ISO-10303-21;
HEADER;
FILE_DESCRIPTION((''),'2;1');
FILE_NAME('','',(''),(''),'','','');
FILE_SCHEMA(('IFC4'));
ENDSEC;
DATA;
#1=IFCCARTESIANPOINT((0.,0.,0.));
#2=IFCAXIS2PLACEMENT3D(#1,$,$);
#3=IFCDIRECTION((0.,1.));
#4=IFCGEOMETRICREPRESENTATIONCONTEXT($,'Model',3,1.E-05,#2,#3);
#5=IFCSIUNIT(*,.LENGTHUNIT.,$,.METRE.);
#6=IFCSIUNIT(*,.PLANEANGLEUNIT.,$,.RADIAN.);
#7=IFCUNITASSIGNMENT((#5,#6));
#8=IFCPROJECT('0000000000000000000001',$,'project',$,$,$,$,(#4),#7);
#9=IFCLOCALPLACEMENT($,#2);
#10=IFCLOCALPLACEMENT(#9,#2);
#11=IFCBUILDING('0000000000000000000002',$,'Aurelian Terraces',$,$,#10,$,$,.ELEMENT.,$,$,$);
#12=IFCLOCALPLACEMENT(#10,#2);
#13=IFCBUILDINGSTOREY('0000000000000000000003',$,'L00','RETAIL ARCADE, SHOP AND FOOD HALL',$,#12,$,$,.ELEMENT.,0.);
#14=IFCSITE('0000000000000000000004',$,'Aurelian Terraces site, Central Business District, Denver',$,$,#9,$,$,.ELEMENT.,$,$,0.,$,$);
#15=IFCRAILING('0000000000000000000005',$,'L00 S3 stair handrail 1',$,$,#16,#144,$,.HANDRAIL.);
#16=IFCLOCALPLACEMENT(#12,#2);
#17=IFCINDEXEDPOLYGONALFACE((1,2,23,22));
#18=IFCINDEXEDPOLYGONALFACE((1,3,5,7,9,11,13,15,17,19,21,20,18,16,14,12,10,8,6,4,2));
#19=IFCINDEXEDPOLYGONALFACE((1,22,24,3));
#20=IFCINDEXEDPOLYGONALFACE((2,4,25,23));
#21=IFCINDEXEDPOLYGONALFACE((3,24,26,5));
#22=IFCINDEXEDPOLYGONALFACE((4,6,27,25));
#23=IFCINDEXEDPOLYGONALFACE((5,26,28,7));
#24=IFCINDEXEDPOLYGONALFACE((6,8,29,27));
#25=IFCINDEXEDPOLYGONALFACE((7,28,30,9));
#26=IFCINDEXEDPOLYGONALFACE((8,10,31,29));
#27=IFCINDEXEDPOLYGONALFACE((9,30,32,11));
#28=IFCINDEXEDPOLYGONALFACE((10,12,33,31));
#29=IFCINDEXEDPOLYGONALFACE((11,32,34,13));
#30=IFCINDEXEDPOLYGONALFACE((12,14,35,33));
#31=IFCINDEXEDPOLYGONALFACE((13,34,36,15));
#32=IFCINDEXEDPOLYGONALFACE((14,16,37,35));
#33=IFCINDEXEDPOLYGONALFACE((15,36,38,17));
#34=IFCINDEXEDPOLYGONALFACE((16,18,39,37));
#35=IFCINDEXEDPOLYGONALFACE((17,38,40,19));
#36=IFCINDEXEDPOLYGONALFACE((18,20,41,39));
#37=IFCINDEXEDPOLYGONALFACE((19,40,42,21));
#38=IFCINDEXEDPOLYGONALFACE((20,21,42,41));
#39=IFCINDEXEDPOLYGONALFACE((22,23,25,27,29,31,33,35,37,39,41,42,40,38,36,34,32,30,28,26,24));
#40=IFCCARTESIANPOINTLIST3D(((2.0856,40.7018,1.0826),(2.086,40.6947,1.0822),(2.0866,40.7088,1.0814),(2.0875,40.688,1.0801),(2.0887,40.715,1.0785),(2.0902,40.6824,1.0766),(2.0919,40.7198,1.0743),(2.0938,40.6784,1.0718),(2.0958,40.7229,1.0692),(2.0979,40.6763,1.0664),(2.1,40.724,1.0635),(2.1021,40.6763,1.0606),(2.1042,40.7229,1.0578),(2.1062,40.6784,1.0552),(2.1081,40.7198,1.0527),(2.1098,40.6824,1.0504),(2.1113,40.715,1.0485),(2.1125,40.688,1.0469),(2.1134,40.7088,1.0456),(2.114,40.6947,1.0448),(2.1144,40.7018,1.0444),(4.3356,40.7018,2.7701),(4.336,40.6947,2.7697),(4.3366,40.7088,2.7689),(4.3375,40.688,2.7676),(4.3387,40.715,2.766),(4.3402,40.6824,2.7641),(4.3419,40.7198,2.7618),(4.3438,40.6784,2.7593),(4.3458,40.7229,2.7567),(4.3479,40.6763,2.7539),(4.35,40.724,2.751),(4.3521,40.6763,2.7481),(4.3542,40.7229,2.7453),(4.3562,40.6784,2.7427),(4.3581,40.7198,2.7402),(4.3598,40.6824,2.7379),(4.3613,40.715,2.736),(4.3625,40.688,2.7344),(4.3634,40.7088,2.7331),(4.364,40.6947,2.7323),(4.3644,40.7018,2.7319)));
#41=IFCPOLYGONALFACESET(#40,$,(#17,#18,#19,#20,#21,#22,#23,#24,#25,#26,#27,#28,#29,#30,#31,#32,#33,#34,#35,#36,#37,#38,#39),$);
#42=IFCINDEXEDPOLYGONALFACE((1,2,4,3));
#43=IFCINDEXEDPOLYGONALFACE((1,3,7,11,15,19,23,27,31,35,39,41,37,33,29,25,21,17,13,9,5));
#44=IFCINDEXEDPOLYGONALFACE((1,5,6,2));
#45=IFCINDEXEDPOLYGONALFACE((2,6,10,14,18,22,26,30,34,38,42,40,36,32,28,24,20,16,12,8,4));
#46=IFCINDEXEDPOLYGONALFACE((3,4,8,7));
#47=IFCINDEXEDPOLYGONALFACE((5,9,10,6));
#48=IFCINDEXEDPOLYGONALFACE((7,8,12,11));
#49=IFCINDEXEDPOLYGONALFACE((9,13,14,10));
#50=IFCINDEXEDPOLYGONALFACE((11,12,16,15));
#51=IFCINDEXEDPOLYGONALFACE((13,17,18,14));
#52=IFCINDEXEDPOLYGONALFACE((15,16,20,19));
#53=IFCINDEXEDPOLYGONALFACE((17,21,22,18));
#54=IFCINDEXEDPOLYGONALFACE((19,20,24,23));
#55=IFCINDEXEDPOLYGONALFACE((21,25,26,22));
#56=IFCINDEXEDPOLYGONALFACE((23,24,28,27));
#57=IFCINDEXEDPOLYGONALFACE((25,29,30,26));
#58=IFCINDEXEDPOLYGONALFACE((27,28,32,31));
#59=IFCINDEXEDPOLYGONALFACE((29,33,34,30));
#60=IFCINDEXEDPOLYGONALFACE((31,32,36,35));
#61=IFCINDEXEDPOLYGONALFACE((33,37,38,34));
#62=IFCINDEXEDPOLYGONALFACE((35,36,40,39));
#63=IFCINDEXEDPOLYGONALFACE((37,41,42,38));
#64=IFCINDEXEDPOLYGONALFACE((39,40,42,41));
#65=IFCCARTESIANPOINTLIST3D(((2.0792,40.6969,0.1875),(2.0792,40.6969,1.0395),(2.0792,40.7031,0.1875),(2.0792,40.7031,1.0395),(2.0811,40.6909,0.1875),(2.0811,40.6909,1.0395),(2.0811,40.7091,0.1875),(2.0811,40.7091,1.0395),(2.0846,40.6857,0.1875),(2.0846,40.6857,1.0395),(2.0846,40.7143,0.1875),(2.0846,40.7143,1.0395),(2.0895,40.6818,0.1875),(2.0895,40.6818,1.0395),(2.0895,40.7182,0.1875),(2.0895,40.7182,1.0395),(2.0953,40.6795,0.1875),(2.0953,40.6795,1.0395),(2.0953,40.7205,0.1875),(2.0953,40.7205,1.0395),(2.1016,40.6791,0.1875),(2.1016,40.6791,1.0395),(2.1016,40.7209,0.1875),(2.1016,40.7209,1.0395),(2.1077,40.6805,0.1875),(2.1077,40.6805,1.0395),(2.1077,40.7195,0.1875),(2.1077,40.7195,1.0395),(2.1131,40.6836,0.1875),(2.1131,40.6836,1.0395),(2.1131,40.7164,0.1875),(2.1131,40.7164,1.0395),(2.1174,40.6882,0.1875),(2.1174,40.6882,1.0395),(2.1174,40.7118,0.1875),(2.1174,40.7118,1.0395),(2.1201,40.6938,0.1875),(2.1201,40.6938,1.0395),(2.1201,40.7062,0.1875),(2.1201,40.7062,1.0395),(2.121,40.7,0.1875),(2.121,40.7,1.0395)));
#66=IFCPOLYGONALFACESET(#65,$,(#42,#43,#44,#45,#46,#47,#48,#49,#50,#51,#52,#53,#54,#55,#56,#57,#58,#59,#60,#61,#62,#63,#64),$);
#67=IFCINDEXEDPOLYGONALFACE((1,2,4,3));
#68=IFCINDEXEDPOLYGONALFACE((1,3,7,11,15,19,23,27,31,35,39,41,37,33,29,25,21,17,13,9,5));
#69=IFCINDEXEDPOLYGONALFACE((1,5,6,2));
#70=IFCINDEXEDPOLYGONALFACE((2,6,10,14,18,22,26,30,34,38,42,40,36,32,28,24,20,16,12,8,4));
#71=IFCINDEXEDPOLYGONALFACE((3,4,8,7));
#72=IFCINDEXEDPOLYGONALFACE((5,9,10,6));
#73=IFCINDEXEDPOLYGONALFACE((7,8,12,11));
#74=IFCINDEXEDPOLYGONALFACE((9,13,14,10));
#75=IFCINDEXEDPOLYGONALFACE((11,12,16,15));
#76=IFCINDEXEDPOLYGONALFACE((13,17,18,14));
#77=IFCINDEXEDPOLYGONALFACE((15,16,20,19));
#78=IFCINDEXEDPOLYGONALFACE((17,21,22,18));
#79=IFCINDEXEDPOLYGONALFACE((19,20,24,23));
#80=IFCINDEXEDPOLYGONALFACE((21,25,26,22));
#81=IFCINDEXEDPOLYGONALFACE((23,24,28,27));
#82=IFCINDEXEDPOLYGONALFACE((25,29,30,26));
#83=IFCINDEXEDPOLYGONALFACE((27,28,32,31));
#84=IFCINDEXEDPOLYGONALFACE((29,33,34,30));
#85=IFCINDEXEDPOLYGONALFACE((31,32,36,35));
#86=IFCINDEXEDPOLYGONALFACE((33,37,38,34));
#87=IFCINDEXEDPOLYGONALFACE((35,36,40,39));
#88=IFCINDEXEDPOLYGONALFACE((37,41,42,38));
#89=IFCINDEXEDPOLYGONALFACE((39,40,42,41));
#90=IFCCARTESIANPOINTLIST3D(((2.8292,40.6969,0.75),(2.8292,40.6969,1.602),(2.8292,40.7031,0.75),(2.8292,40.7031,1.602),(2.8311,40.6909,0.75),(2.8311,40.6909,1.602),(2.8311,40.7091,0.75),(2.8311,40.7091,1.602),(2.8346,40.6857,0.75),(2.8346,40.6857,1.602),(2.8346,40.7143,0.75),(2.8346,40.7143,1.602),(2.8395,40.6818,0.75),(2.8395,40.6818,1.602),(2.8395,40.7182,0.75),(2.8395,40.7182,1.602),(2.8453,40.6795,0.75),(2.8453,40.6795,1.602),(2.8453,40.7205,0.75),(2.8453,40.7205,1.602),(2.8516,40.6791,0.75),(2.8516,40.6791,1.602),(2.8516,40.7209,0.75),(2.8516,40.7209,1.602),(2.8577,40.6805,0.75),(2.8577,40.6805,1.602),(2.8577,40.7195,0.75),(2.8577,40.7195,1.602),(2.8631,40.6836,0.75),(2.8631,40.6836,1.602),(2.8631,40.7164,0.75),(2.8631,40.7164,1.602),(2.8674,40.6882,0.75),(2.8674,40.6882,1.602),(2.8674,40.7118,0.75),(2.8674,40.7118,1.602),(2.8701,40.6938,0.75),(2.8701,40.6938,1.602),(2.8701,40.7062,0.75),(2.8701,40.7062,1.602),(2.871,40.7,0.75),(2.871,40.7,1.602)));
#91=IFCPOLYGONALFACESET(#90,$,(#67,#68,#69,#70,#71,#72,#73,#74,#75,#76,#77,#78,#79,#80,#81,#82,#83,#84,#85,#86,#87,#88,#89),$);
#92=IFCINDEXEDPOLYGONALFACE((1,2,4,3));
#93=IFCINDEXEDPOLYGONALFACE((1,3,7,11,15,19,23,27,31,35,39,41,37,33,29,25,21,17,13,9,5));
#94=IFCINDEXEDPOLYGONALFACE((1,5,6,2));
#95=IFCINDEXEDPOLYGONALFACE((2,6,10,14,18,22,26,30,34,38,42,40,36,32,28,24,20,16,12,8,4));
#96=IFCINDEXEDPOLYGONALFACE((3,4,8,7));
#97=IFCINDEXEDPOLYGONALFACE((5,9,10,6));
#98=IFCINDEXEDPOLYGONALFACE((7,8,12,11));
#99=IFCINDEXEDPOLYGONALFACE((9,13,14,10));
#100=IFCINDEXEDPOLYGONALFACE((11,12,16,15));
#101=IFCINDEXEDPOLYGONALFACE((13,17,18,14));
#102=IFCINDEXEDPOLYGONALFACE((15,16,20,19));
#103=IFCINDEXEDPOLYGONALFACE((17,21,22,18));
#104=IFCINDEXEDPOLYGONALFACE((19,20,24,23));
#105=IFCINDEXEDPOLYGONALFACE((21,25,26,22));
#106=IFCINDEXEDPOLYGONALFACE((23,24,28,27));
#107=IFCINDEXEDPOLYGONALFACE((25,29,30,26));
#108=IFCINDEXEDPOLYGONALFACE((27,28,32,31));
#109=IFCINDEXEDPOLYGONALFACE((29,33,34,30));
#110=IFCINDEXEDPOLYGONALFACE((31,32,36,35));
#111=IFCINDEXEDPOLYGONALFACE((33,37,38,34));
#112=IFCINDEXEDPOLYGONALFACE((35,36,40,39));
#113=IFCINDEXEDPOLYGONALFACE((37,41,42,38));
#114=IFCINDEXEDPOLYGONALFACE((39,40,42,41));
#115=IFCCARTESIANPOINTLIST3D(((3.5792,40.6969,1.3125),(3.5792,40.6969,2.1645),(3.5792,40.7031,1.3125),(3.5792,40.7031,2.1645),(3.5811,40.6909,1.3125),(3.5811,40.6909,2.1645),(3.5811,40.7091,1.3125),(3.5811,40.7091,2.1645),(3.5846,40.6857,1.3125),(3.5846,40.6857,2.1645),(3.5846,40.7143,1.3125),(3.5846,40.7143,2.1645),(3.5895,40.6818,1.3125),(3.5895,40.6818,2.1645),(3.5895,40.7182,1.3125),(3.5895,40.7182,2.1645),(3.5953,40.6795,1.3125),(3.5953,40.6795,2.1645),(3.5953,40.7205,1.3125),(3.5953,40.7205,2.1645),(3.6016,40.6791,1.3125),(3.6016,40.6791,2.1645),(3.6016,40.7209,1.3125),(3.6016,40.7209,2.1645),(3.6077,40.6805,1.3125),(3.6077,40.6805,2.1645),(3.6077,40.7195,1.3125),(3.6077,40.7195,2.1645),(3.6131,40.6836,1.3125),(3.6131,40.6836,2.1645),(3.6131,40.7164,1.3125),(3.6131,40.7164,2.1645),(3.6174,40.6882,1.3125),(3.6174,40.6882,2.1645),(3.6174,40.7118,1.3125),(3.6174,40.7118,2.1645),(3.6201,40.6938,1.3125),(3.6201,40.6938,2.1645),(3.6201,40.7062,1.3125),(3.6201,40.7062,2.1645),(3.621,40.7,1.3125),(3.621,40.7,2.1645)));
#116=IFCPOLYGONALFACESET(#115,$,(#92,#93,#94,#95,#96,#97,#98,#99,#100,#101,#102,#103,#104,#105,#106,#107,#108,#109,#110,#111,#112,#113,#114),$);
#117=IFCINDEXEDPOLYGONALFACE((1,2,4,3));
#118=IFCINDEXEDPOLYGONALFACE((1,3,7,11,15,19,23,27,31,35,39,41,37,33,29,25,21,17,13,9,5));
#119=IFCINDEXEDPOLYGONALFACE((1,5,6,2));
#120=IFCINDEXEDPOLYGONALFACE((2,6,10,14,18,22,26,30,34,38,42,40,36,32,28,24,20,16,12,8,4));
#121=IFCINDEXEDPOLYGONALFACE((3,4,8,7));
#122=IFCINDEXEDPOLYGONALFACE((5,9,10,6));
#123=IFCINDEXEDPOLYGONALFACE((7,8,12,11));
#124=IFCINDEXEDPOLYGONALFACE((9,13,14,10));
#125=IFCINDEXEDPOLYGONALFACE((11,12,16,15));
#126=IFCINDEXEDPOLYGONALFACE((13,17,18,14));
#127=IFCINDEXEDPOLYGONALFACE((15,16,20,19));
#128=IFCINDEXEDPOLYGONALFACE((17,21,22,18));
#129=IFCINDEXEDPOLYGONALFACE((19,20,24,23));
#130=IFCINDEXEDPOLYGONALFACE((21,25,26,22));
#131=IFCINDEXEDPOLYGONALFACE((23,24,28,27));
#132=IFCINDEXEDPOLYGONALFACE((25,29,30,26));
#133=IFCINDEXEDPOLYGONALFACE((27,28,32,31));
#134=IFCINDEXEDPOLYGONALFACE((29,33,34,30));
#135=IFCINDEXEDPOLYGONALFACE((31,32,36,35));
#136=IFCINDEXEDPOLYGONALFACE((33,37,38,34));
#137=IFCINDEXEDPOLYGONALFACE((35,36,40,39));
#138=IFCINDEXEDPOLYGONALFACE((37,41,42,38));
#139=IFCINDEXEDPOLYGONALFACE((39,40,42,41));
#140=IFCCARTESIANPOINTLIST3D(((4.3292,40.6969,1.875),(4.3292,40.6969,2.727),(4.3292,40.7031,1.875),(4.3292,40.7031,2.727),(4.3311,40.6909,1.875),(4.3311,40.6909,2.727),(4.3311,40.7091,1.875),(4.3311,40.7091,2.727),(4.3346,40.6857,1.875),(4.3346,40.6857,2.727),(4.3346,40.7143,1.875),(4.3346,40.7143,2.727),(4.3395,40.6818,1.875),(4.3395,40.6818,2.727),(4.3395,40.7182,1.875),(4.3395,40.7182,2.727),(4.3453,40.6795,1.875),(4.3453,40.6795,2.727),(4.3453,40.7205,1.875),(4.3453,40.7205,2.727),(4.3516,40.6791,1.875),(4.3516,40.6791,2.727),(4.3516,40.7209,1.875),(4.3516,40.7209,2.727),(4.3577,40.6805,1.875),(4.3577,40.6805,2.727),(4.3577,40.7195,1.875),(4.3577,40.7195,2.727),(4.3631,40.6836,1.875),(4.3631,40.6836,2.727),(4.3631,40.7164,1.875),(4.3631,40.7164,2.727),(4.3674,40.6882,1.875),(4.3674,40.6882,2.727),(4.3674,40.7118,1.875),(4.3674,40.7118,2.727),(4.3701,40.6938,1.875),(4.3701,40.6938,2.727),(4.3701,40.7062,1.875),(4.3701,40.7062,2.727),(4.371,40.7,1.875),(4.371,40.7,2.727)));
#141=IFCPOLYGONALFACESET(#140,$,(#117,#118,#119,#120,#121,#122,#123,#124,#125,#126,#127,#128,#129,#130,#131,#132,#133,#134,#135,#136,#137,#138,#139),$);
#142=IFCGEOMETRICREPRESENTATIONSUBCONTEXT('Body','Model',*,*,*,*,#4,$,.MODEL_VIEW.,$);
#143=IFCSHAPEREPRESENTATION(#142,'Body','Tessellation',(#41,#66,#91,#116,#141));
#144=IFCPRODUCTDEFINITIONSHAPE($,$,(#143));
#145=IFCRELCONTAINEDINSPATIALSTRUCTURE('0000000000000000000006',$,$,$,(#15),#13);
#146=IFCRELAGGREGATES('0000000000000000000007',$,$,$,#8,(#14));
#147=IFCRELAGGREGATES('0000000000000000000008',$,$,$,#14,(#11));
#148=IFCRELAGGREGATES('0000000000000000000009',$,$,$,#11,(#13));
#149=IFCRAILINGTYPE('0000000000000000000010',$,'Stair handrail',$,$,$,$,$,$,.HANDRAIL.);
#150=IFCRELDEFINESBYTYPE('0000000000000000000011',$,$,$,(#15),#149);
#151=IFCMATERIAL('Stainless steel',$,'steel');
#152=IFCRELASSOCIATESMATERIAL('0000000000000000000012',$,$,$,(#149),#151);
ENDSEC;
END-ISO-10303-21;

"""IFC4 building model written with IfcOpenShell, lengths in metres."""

from ifc_helpers import new_model, si_unit, direction, frame, origin, origin_2d, place, context, subcontext, project, spatial, circle, extrude, material, type_object, element, save


model = new_model("IFC4")

# Units and contexts
model_context = context("Model", 3, precision=1e-05, world=origin(), true_north=direction((0.0, 1.0)))
body_context = subcontext(model_context, "Body", "Model", "MODEL_VIEW")
ifc_project = project(units=[si_unit("LENGTHUNIT", "METRE"), si_unit("PLANEANGLEUNIT", "RADIAN")], contexts=[model_context])

# Site, building, storey
site_placement = place(None, origin())
site = spatial("IfcSite", under=ifc_project, at=site_placement, Name="Aurelian Terraces site, Central Business District, Denver", CompositionType="ELEMENT", RefElevation=0.0)
building_placement = place(site_placement, origin())
building = spatial("IfcBuilding", under=site, at=building_placement, Name="Aurelian Terraces", CompositionType="ELEMENT")
storey_placement = place(building_placement, origin())
storey = spatial("IfcBuildingStorey", under=building, at=storey_placement, Name="L00", Description="RETAIL ARCADE, SHOP AND FOOD HALL", CompositionType="ELEMENT", Elevation=0.0)

# Railing
ifc_material_1 = material(Name="Stainless steel", Category="steel")
railing_type_1 = type_object("IfcRailingType", Name="Stair handrail", PredefinedType="HANDRAIL", material=ifc_material_1)
railing_1_placement = place(storey_placement, frame((2.1, 40.7, 0.1875)))
element("IfcRailing", 1, at=railing_1_placement, inside=storey, type_object=railing_type_1, Name="L00 S3 stair handrail 1", PredefinedType="HANDRAIL", context=body_context, shape_type="SweptSolid", body=[
    extrude(circle(Radius=0.024, at=origin_2d()), frame((0.0, 0.0, 0.876), z_axis=(0.8, 0.0, 0.6), x_axis=(0.0, 1.0, 0.0)), (0.0, 0.0, 1.0), 2.8125),
    extrude(circle(Radius=0.021, at=origin_2d()), origin(), (0.0, 0.0, 1.0), 0.852),
    extrude(circle(Radius=0.021, at=origin_2d()), frame((0.75, 0.0, 0.5625)), (0.0, 0.0, 1.0), 0.852),
    extrude(circle(Radius=0.021, at=origin_2d()), frame((1.5, 0.0, 1.125)), (0.0, 0.0, 1.0), 0.852),
    extrude(circle(Radius=0.021, at=origin_2d()), frame((2.25, 0.0, 1.6875)), (0.0, 0.0, 1.0), 0.852),
])

save(model, "model.ifc")
